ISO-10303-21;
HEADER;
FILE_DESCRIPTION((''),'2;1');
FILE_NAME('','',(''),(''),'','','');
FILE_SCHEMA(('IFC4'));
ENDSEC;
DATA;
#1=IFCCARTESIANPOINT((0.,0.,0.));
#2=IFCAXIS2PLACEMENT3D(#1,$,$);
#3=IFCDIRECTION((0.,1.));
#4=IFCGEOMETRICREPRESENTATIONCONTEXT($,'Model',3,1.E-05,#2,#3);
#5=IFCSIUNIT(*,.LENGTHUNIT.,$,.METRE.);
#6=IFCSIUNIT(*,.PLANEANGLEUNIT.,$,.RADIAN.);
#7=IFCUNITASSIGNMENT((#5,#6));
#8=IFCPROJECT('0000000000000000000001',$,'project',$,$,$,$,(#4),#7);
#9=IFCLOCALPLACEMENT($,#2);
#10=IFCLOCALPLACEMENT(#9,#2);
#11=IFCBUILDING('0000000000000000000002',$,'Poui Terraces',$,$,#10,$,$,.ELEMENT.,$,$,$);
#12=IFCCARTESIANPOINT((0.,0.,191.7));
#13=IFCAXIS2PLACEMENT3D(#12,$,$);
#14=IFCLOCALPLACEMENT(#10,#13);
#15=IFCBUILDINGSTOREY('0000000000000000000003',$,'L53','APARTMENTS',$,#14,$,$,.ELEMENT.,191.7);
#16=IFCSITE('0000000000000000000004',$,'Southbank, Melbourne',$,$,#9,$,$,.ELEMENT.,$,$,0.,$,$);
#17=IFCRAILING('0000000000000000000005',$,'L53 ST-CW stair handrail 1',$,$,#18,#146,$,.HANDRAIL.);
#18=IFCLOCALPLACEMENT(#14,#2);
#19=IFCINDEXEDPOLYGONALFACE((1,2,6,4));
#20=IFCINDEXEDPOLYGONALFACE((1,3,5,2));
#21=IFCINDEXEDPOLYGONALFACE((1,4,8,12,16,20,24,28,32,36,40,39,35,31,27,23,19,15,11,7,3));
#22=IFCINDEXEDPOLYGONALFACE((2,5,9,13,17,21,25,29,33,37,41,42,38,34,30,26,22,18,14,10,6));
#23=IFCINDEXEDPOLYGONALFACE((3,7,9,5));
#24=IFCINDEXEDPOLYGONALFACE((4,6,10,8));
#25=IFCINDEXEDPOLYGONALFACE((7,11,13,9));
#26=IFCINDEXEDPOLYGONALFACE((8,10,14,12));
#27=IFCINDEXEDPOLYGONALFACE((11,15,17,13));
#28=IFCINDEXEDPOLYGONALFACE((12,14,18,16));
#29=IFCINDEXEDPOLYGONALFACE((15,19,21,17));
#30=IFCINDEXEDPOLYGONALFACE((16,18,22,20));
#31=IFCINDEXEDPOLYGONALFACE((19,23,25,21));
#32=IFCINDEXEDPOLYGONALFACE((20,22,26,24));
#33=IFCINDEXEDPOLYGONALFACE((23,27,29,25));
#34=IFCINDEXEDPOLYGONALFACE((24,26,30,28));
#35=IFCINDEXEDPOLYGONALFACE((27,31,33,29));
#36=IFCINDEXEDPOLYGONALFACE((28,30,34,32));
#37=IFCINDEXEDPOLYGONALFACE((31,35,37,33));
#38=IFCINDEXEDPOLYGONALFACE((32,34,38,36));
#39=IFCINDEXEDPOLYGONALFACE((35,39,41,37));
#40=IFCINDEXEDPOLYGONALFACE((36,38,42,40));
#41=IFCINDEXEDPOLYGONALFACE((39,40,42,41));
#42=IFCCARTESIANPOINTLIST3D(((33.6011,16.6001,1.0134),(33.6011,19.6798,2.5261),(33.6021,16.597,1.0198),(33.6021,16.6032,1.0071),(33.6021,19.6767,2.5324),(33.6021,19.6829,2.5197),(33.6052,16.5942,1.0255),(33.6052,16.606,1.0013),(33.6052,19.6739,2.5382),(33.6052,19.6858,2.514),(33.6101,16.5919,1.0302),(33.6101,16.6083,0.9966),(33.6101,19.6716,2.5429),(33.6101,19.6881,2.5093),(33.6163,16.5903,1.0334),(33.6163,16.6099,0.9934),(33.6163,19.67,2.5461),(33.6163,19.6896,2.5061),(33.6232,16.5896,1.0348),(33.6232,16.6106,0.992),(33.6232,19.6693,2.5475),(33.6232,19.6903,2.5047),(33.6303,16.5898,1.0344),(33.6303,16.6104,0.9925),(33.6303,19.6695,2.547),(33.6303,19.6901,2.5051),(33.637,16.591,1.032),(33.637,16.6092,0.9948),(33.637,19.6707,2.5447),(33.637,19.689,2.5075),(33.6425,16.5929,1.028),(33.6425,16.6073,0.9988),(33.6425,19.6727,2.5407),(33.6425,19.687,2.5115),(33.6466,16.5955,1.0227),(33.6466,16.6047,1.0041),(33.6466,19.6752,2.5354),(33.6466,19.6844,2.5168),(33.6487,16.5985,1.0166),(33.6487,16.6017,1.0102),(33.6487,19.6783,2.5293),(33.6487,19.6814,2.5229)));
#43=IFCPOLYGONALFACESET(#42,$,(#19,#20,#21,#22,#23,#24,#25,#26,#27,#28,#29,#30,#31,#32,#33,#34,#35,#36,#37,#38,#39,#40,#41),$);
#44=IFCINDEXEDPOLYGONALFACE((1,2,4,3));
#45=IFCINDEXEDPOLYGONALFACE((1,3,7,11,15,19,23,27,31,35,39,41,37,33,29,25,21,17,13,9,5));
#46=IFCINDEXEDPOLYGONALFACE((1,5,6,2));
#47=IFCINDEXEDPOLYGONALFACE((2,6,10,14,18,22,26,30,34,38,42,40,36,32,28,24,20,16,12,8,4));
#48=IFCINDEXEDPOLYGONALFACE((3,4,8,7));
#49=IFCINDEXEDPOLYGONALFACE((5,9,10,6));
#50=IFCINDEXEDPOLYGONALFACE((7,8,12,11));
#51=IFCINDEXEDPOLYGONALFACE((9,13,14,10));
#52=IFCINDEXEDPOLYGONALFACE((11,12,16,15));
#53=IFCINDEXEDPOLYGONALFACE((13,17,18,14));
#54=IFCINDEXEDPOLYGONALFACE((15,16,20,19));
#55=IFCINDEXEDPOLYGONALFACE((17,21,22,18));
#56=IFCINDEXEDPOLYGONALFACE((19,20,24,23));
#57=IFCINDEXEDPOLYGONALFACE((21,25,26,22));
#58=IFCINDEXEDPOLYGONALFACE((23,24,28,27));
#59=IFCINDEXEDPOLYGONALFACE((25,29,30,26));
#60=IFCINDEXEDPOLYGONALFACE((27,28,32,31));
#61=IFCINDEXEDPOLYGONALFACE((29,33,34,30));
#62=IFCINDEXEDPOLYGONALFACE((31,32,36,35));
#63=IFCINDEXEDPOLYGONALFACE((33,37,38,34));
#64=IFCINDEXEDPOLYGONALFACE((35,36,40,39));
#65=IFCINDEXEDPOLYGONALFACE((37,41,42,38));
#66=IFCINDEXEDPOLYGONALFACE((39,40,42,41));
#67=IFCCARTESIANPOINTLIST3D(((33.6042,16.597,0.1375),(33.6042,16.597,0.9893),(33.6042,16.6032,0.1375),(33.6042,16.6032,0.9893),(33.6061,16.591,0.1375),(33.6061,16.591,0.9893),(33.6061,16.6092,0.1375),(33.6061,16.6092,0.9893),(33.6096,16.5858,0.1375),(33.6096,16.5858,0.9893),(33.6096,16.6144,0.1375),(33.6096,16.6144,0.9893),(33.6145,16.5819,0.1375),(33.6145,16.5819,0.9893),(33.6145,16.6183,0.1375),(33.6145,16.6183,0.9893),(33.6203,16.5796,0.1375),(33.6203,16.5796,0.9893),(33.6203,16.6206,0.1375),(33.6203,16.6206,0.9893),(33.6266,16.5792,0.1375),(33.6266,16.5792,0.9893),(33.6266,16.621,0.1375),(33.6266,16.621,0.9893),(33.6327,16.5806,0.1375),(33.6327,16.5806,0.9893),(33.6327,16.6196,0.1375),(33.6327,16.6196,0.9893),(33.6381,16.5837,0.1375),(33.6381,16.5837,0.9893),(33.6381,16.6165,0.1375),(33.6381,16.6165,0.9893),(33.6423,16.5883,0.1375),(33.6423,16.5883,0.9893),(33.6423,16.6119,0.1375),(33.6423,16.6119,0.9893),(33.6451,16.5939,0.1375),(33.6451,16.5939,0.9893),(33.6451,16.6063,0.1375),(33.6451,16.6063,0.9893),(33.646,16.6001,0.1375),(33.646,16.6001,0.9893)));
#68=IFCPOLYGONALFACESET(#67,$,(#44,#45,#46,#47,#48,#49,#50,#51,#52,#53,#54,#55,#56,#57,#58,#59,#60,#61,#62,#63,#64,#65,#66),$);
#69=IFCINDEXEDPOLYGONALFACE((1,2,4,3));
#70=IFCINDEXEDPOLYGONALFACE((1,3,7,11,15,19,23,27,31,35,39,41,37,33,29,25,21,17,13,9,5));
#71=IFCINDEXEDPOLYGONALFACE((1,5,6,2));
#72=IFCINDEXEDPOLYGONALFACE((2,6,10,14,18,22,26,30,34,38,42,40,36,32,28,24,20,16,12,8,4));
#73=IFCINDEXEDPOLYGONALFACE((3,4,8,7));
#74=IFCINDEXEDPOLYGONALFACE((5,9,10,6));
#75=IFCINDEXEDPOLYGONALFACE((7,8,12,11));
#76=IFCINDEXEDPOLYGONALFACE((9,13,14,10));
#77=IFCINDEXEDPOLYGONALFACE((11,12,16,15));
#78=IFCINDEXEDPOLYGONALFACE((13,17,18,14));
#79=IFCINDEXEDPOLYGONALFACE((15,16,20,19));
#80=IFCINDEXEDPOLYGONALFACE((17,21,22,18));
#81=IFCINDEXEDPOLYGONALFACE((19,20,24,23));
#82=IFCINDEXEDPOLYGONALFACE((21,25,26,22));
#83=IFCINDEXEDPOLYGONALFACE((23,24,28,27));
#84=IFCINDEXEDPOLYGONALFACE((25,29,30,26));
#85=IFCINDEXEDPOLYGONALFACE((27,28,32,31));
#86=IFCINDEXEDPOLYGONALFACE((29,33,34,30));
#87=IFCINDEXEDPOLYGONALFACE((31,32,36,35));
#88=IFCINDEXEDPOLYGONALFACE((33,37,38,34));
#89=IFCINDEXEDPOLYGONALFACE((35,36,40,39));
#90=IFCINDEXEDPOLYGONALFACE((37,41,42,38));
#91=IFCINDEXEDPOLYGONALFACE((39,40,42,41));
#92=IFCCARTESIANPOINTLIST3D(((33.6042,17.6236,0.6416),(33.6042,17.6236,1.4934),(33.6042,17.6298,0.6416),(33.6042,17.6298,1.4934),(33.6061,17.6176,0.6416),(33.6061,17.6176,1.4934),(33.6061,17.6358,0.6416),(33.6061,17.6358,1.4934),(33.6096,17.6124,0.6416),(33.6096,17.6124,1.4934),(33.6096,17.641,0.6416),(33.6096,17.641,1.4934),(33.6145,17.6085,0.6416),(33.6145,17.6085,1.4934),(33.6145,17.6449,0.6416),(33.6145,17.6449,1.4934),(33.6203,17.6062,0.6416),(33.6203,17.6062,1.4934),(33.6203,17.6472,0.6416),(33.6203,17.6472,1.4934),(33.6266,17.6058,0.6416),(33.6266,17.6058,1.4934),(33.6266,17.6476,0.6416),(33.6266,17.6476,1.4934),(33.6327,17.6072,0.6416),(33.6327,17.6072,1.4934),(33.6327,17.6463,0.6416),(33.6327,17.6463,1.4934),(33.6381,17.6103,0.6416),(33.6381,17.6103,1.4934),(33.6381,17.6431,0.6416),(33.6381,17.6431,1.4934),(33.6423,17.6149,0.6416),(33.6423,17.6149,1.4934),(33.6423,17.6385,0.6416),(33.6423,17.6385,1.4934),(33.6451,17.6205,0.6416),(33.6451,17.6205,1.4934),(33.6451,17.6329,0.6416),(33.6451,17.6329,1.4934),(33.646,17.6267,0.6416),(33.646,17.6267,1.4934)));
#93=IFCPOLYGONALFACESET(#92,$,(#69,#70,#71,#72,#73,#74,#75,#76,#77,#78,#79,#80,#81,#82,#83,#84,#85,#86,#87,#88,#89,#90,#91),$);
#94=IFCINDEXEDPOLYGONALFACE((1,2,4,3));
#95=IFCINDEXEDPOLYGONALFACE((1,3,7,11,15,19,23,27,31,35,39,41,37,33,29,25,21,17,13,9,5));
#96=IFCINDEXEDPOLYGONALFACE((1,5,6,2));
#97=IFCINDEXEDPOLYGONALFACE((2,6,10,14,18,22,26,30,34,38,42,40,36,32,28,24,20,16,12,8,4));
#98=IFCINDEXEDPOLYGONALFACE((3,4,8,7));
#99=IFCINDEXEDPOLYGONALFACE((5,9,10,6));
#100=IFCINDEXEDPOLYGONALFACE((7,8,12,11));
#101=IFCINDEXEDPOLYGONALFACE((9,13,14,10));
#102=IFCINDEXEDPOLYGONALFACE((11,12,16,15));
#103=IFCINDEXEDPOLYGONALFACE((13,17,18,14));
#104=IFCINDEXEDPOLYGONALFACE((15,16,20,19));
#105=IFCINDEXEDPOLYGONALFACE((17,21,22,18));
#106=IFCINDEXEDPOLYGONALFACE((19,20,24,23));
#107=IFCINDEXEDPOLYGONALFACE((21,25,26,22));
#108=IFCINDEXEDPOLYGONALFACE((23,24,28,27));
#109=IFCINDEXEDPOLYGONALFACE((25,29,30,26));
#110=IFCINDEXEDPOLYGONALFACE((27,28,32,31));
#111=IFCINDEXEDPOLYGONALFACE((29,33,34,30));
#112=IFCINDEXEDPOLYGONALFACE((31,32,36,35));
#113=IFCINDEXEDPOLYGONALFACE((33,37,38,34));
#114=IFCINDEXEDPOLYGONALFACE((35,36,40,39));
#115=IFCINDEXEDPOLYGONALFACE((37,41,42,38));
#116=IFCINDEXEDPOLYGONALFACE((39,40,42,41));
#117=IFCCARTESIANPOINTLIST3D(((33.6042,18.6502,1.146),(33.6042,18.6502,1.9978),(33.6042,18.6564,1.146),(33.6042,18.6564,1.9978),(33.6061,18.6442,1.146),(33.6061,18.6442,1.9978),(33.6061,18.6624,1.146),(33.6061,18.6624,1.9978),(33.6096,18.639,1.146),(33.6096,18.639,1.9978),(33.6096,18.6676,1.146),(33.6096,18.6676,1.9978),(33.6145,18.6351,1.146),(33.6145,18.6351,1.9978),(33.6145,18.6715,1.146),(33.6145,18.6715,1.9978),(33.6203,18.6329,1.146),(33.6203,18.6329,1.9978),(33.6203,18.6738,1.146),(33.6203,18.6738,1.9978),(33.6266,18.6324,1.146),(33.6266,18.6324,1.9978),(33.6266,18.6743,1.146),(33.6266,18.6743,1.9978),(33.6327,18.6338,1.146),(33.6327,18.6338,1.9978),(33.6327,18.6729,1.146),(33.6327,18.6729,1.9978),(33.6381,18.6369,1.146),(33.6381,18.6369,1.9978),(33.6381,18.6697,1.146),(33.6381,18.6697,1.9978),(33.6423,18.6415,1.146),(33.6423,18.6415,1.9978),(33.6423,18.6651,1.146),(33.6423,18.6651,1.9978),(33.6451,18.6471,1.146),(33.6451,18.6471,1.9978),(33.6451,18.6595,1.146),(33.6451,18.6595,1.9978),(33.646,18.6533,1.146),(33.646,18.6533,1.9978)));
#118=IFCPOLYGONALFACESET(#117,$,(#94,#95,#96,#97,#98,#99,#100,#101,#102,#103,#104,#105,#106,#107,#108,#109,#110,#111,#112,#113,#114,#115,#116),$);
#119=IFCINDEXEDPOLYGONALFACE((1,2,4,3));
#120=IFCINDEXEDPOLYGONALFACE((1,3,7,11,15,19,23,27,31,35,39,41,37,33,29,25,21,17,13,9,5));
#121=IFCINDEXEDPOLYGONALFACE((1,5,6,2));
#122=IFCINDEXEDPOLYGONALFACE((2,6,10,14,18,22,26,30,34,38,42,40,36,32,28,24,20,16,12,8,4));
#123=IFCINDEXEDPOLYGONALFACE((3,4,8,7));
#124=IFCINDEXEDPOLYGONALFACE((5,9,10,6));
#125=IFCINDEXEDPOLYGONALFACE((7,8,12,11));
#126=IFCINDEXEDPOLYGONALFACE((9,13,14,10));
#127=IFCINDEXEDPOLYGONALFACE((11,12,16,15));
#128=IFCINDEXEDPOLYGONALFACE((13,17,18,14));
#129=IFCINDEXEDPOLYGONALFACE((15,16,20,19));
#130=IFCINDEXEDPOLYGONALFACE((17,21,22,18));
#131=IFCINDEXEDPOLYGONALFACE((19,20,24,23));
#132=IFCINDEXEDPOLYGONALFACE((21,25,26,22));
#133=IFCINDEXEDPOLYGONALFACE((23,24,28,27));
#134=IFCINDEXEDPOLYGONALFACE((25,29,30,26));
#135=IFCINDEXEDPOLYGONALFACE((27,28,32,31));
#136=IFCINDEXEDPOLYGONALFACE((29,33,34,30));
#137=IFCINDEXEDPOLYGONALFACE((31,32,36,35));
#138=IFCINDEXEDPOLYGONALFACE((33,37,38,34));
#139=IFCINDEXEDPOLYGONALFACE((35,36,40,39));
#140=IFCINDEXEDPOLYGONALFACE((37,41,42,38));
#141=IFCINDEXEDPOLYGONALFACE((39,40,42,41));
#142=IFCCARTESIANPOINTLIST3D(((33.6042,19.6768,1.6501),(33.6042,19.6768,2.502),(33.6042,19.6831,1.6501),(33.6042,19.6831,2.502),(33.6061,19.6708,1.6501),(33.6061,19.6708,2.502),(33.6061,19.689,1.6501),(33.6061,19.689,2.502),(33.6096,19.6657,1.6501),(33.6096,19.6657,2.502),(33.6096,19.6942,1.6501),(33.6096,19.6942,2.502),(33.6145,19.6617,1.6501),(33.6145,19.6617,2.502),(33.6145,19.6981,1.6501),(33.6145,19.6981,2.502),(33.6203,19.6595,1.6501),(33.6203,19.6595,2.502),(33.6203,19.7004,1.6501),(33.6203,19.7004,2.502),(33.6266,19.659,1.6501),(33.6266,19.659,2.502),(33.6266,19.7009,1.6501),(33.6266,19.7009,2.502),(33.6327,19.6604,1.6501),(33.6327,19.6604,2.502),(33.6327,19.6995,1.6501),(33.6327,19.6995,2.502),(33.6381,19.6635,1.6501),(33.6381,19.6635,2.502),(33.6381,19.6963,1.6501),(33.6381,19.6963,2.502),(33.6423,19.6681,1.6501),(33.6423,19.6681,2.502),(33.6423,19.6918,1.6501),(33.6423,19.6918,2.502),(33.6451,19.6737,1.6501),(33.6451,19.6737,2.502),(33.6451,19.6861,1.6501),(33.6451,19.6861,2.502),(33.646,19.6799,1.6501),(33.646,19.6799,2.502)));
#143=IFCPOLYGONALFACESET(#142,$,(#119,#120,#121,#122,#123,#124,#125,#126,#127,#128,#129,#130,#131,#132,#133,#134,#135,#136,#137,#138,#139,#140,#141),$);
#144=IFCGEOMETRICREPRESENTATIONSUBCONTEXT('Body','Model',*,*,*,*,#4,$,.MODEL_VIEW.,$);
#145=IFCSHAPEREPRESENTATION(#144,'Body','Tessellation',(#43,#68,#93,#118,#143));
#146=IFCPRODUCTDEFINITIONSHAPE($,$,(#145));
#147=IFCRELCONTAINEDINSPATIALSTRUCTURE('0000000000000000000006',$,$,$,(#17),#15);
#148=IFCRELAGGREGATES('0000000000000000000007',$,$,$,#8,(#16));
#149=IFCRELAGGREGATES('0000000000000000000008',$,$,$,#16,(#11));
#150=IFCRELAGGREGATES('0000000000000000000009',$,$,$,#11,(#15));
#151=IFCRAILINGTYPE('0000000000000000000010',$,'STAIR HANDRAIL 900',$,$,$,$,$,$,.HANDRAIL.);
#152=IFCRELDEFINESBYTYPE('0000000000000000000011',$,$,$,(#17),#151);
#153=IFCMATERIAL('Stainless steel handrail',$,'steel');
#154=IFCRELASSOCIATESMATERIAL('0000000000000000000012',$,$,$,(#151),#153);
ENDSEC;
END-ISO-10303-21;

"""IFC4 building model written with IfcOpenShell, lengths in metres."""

from ifc_helpers import new_model, si_unit, direction, frame, origin, origin_2d, place, context, subcontext, project, spatial, circle, extrude, material, type_object, element, save


model = new_model("IFC4")

# Units and contexts
model_context = context("Model", 3, precision=1e-05, world=origin(), true_north=direction((0.0, 1.0)))
body_context = subcontext(model_context, "Body", "Model", "MODEL_VIEW")
ifc_project = project(units=[si_unit("LENGTHUNIT", "METRE"), si_unit("PLANEANGLEUNIT", "RADIAN")], contexts=[model_context])

# Site, building, storey
site_placement = place(None, origin())
site = spatial("IfcSite", under=ifc_project, at=site_placement, Name="Southbank, Melbourne", CompositionType="ELEMENT", RefElevation=0.0)
building_placement = place(site_placement, origin())
building = spatial("IfcBuilding", under=site, at=building_placement, Name="Poui Terraces", CompositionType="ELEMENT")
storey_placement = place(building_placement, frame((0.0, 0.0, 191.7)))
storey = spatial("IfcBuildingStorey", under=building, at=storey_placement, Name="L53", Description="APARTMENTS", CompositionType="ELEMENT", Elevation=191.7)

# Railing
ifc_material_1 = material(Name="Stainless steel handrail", Category="steel")
railing_type_1 = type_object("IfcRailingType", Name="STAIR HANDRAIL 900", PredefinedType="HANDRAIL", material=ifc_material_1)
railing_1_placement = place(storey_placement, frame((33.625, 16.6001, 0.1375)))
element("IfcRailing", 1, at=railing_1_placement, inside=storey, type_object=railing_type_1, Name="L53 ST-CW stair handrail 1", PredefinedType="HANDRAIL", context=body_context, shape_type="SweptSolid", body=[
    extrude(circle(Radius=0.0239, at=origin_2d()), frame((0.0, 0.0, 0.876), z_axis=(0.0, 0.897578, 0.440856), x_axis=(-1.0, 0.0, 0.0)), (0.0, 0.0, 1.0), 3.4312),
    extrude(circle(Radius=0.021, at=origin_2d()), origin(), (0.0, 0.0, 1.0), 0.8518),
    extrude(circle(Radius=0.021, at=origin_2d()), frame((0.0, 1.0266, 0.5042)), (0.0, 0.0, 1.0), 0.8518),
    extrude(circle(Radius=0.021, at=origin_2d()), frame((0.0, 2.0532, 1.0085)), (0.0, 0.0, 1.0), 0.8518),
    extrude(circle(Radius=0.021, at=origin_2d()), frame((0.0, 3.0798, 1.5127)), (0.0, 0.0, 1.0), 0.8518),
])

save(model, "model.ifc")
